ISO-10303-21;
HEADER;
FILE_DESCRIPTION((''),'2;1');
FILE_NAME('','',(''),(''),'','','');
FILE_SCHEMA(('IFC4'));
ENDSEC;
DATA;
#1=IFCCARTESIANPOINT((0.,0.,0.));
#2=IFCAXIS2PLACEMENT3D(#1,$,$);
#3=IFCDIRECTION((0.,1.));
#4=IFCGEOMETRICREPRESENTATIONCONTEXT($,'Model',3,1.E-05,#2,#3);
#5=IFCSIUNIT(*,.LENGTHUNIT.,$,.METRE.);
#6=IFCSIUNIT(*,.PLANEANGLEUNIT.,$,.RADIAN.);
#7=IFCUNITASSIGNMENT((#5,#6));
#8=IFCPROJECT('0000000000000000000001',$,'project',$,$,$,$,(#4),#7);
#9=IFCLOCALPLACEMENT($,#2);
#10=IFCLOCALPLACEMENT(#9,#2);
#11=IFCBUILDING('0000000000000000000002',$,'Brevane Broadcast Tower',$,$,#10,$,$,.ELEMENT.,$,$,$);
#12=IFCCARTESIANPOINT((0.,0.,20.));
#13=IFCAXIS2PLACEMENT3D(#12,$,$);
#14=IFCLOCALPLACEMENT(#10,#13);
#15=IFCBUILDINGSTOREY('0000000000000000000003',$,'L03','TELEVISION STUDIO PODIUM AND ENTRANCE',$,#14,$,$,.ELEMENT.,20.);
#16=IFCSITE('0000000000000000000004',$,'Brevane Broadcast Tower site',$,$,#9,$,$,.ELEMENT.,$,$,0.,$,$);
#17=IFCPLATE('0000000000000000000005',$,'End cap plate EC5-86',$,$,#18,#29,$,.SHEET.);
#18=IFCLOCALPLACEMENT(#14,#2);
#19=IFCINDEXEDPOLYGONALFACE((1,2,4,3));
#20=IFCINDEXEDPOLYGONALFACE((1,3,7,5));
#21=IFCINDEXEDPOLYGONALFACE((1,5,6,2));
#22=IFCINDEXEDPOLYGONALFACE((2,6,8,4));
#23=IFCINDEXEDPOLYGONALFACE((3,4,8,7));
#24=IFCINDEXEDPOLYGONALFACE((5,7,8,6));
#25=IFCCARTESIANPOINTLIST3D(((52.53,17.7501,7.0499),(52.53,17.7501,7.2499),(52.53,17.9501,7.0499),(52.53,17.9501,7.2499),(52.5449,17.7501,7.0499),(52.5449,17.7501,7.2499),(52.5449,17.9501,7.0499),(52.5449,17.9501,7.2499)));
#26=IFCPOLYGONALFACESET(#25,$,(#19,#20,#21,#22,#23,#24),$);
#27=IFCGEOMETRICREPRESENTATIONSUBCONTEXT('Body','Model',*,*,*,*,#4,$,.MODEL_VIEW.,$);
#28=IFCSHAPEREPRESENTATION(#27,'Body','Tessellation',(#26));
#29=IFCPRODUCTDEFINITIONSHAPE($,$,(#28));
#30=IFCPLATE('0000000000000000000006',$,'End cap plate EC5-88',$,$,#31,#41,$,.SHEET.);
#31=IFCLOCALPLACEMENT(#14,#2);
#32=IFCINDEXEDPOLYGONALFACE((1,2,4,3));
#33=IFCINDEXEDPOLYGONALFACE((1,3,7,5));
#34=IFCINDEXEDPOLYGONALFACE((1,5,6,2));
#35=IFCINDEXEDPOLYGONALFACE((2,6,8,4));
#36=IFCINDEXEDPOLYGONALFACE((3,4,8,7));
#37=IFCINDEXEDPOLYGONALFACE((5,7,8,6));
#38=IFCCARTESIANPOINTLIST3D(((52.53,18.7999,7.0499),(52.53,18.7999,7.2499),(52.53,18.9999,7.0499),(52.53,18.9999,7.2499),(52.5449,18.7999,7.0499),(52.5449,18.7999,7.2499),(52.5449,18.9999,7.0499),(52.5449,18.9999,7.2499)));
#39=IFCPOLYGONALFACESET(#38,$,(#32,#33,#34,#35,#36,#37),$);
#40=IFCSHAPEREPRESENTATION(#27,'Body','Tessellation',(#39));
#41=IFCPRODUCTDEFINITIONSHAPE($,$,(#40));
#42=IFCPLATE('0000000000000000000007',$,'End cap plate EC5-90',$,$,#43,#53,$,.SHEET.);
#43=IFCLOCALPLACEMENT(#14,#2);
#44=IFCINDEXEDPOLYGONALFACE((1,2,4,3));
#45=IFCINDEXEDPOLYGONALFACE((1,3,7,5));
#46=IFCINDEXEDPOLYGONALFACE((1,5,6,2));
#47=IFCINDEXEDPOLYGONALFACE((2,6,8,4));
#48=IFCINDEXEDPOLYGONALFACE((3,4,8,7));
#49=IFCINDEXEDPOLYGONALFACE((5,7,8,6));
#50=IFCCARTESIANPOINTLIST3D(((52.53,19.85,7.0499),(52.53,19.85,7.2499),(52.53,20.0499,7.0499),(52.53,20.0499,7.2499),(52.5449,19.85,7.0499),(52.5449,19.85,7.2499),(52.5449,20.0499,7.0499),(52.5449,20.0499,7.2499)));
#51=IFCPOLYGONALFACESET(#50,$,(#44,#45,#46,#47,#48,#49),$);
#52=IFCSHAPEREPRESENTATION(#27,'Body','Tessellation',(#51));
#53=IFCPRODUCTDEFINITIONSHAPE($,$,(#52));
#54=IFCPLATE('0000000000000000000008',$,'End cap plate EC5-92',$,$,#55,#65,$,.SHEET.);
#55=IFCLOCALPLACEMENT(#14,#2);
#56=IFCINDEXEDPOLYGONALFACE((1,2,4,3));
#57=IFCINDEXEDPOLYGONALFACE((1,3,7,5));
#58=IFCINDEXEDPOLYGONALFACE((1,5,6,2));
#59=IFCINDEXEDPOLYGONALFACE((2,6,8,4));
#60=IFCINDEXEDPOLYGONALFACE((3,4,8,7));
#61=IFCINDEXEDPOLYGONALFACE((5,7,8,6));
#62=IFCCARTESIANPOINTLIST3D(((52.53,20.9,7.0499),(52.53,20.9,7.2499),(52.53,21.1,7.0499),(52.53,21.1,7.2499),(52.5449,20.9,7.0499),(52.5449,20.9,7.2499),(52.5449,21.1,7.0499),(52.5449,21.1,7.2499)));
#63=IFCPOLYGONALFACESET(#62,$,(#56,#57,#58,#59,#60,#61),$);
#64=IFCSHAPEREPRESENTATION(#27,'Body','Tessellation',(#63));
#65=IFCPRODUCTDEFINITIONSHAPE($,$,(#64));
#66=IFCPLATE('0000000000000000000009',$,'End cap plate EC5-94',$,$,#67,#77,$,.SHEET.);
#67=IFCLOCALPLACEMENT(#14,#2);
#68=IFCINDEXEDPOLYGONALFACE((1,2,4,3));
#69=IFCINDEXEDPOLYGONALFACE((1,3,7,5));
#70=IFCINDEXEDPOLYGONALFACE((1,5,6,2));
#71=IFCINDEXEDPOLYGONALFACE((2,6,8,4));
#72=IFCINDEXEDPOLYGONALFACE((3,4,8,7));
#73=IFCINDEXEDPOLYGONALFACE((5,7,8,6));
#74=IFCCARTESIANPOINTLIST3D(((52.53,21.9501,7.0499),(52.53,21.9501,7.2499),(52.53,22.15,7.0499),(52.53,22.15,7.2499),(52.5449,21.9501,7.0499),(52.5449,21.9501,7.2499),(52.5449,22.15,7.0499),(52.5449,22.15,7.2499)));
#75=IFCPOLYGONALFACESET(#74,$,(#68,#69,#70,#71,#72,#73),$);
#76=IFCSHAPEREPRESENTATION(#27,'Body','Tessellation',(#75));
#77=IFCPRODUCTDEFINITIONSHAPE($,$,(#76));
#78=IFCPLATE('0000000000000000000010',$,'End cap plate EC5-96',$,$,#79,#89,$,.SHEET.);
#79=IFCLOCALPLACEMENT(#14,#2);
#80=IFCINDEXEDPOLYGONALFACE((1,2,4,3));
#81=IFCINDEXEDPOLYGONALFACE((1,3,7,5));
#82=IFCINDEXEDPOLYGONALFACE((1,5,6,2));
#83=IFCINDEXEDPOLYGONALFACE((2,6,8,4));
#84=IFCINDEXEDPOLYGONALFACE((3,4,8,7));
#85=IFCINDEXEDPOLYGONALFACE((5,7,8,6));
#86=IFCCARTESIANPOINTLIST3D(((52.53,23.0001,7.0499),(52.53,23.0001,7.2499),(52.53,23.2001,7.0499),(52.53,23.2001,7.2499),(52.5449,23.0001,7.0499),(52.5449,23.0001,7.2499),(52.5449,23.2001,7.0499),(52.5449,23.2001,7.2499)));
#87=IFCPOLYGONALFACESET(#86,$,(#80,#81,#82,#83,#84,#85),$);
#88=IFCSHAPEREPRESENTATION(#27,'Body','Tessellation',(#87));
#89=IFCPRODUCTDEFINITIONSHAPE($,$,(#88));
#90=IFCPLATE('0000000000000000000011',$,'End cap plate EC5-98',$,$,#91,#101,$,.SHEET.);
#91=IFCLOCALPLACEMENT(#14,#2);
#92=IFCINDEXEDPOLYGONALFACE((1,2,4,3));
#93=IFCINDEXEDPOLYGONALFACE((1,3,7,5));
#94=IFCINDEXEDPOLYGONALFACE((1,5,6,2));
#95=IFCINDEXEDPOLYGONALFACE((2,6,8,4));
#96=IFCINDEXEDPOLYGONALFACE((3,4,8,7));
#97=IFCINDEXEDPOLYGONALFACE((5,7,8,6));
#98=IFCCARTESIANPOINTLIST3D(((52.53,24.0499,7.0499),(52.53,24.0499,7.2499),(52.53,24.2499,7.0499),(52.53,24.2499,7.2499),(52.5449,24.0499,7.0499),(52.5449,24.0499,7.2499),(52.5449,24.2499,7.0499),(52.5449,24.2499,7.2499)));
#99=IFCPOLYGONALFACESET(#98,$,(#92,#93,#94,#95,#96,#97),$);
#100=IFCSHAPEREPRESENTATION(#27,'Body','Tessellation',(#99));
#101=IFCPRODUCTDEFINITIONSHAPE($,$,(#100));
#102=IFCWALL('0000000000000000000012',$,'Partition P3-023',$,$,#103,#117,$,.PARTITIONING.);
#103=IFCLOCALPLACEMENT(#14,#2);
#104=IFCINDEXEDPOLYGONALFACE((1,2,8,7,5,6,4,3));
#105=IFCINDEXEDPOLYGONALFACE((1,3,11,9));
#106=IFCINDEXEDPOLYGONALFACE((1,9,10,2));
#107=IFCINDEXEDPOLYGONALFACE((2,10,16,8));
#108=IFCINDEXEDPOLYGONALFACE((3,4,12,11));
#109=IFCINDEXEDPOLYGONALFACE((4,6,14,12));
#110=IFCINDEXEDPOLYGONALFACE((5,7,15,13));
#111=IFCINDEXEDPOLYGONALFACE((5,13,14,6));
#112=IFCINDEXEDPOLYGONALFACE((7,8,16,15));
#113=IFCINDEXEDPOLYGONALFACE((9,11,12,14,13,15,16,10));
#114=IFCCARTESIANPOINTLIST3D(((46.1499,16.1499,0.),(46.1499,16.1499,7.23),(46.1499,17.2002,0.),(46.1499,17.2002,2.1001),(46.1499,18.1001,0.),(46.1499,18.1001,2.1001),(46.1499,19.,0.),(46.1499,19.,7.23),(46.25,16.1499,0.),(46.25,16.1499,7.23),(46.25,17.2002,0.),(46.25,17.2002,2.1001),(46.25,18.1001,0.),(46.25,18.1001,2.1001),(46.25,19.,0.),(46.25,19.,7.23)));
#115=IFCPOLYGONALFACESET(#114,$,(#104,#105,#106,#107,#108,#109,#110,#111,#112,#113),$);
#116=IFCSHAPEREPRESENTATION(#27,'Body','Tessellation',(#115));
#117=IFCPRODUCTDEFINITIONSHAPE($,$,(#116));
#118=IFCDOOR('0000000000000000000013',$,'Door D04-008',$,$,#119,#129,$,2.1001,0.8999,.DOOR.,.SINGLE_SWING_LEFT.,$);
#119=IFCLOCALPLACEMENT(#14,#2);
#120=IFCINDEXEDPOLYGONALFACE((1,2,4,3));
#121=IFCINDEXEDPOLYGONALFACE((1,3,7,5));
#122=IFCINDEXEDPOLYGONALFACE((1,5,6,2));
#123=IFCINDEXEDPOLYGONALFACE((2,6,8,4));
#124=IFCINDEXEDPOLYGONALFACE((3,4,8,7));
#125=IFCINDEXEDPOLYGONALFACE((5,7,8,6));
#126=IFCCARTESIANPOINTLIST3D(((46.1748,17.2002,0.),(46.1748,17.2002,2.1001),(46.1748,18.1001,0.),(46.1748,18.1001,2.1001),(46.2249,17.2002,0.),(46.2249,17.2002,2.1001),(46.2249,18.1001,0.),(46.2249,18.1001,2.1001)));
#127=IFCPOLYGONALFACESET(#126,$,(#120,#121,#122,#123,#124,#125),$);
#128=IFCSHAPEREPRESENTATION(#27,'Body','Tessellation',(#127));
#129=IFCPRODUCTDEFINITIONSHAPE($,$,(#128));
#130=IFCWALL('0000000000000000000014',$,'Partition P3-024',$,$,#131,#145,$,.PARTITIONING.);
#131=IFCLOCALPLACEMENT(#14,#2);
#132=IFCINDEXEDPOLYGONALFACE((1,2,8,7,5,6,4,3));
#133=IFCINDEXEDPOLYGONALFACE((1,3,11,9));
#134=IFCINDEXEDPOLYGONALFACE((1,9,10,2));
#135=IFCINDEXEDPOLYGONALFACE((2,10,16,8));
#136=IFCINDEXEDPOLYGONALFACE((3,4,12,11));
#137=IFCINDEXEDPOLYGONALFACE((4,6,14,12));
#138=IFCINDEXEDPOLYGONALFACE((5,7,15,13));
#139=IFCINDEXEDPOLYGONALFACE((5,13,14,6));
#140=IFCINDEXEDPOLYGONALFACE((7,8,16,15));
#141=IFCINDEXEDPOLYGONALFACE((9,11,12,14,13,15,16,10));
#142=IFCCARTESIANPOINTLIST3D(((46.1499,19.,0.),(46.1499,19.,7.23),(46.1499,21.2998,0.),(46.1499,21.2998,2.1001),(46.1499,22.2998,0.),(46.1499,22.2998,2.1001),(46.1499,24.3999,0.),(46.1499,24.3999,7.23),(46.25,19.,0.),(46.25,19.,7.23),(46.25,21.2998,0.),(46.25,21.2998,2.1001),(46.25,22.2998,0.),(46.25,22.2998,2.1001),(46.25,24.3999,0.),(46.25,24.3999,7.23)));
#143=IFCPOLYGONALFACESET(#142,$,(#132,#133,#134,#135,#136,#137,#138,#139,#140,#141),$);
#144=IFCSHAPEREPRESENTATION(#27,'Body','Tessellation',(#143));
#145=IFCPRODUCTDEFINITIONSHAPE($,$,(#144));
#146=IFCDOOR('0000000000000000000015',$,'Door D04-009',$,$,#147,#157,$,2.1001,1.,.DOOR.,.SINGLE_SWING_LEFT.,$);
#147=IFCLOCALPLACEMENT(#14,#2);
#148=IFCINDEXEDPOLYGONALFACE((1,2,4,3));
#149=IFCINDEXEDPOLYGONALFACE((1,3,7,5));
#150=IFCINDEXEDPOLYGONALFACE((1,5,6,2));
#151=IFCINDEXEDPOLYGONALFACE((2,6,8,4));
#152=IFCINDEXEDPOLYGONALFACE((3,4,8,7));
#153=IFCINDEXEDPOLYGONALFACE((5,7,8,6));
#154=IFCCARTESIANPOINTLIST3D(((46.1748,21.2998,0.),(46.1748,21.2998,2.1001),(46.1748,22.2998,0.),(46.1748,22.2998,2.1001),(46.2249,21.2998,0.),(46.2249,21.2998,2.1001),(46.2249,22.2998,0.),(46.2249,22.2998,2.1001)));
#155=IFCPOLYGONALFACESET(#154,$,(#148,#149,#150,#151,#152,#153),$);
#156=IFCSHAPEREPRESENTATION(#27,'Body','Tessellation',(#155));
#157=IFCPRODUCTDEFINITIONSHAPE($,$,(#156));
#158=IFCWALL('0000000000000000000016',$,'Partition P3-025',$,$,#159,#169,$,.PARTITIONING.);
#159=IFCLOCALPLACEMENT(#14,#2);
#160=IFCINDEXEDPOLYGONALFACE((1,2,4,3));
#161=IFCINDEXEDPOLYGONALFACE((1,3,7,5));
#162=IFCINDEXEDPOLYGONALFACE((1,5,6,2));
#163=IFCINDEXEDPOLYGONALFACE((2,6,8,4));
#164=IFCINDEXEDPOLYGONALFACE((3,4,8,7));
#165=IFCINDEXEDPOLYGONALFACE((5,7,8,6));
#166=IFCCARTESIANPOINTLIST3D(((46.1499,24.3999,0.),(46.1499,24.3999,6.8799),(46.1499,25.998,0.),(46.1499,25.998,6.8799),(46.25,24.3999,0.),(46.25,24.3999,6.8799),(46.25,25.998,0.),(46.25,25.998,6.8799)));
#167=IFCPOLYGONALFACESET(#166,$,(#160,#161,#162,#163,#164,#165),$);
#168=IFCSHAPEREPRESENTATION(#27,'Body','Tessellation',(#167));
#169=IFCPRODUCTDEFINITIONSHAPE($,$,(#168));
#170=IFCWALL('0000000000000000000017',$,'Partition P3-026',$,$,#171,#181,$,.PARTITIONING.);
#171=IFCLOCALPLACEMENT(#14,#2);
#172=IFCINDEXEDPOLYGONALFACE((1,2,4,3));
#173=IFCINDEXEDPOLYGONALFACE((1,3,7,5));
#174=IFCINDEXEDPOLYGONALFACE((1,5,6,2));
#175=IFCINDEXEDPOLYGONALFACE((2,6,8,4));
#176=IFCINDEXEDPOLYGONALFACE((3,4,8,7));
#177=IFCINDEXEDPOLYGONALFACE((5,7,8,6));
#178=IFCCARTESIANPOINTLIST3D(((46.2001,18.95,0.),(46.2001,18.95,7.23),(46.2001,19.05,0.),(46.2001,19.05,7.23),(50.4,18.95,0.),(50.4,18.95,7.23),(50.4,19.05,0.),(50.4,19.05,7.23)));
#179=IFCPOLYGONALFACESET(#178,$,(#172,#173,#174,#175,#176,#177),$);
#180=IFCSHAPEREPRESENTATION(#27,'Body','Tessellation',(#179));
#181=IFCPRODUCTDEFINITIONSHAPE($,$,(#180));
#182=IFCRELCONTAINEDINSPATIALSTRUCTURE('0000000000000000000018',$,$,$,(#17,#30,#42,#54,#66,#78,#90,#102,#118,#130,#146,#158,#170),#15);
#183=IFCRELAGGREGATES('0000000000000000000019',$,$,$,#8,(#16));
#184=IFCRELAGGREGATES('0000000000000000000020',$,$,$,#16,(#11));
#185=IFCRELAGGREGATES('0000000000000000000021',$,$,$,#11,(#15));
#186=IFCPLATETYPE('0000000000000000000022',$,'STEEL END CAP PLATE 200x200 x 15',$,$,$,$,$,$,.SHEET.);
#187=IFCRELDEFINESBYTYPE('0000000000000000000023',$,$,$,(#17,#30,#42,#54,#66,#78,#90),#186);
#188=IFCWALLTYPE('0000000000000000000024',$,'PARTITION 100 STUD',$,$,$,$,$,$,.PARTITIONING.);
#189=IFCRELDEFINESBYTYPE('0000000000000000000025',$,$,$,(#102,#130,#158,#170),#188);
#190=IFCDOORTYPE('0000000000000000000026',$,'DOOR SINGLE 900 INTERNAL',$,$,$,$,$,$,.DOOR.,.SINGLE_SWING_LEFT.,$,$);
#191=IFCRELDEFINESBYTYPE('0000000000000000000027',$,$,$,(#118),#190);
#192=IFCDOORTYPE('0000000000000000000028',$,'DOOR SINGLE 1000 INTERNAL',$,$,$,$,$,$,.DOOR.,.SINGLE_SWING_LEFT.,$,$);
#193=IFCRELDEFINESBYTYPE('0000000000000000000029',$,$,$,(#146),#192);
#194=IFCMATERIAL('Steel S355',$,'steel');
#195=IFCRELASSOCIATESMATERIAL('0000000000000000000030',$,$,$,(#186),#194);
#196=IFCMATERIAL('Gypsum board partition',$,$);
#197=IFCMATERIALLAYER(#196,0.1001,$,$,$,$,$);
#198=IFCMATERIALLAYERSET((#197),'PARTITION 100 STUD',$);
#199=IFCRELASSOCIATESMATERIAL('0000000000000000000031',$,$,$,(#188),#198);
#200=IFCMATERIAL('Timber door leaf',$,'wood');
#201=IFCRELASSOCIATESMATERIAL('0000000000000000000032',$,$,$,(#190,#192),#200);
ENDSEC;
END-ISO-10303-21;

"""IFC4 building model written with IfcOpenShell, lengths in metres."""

from ifc_helpers import new_model, si_unit, direction, frame, frame_2d, origin, origin_2d, place, context, subcontext, project, spatial, rectangle, extrude, material, layer, layer_set, material_profile, profile_set, type_object, element, fill, save


model = new_model("IFC4")

# Units and contexts
model_context = context("Model", 3, precision=1e-05, world=origin(), true_north=direction((0.0, 1.0)))
body_context = subcontext(model_context, "Body", "Model", "MODEL_VIEW")
ifc_project = project(units=[si_unit("LENGTHUNIT", "METRE"), si_unit("PLANEANGLEUNIT", "RADIAN")], contexts=[model_context])

# Site, building, storey
site_placement = place(None, origin())
site = spatial("IfcSite", under=ifc_project, at=site_placement, Name="Brevane Broadcast Tower site", CompositionType="ELEMENT", RefElevation=0.0)
building_placement = place(site_placement, origin())
building = spatial("IfcBuilding", under=site, at=building_placement, Name="Brevane Broadcast Tower", CompositionType="ELEMENT")
storey_placement = place(building_placement, frame((0.0, 0.0, 20.0)))
storey = spatial("IfcBuildingStorey", under=building, at=storey_placement, Name="L03", Description="TELEVISION STUDIO PODIUM AND ENTRANCE", CompositionType="ELEMENT", Elevation=20.0)

# Shared definitions
ifc_material_1 = material(Name="Steel S355", Category="steel")

# Plates
ifc_material_profile_1 = material_profile(ifc_material_1, rectangle(XDim=0.2, YDim=0.2, at=origin_2d()), Name="PL 200x200 x 15")
ifc_profile_set_1 = profile_set([ifc_material_profile_1], Name="Steel S355")
plate_type = type_object("IfcPlateType", Name="STEEL END CAP PLATE 200x200 x 15", PredefinedType="SHEET", material=ifc_profile_set_1)
for number, where, z_axis, x_axis, name in (
    (1, (52.53, 17.8501, 7.1499), (1.0, 0.0, 0.0), (0.0, 1.0, 0.0), "End cap plate EC5-86"),
    (2, (52.53, 18.8999, 7.1499), (1.0, 0.0, 0.0), (0.0, 1.0, 0.0), "End cap plate EC5-88"),
    (3, (52.53, 19.95, 7.1499), (1.0, 0.0, 0.0), (0.0, 1.0, 0.0), "End cap plate EC5-90"),
    (4, (52.53, 21.0, 7.1499), (1.0, 0.0, 0.0), (0.0, 1.0, 0.0), "End cap plate EC5-92"),
    (5, (52.53, 22.05, 7.1499), (1.0, 0.0, 0.0), (0.0, 1.0, 0.0), "End cap plate EC5-94"),
    (6, (52.53, 23.1001, 7.1499), (1.0, 0.0, 0.0), (0.0, 1.0, 0.0), "End cap plate EC5-96"),
    (7, (52.53, 24.1499, 7.1499), (1.0, 0.0, 0.0), (0.0, 1.0, 0.0), "End cap plate EC5-98"),
):
    element("IfcPlate", number, at=place(storey_placement, frame(where, z_axis=z_axis, x_axis=x_axis)), inside=storey, type_object=plate_type, Name=name, PredefinedType="SHEET", context=body_context, shape_type="SweptSolid", body=[
        extrude(rectangle(XDim=0.2, YDim=0.2, at=origin_2d()), origin(), (0.0, 0.0, 1.0), 0.0149),
    ])

# Walls, openings, doors
ifc_material_2 = material(Name="Gypsum board partition")
ifc_layer_1 = layer(ifc_material_2, 0.1001)
ifc_layer_set_1 = layer_set([ifc_layer_1], Name="PARTITION 100 STUD")
wall_type_1 = type_object("IfcWallType", Name="PARTITION 100 STUD", PredefinedType="PARTITIONING", material=ifc_layer_set_1)
wall_1_placement = place(storey_placement, frame((46.2, 19.0, 0.0), z_axis=(0.0, 0.0, 1.0), x_axis=(0.0, -1.0, 0.0)))
wall_1 = element("IfcWall", 8, at=wall_1_placement, inside=storey, type_object=wall_type_1, Name="Partition P3-023", PredefinedType="PARTITIONING", context=body_context, shape_type="SweptSolid", body=[
    extrude(rectangle(XDim=2.8501, YDim=0.1001, at=frame_2d((1.425, 0.0))), origin(), (0.0, 0.0, 1.0), 7.23),
])
opening_1_placement = place(wall_1_placement, frame((0.8999, 0.0, 0.0)))
opening_1 = element("IfcOpeningElement", 9, at=opening_1_placement, cuts=wall_1, PredefinedType="OPENING", context=body_context, shape_type="SweptSolid", body=[
    extrude(rectangle(XDim=0.8999, YDim=2.1001, at=frame_2d((0.45, 1.05))), frame((0.0, 0.0601, 0.0), z_axis=(0.0, -1.0, 0.0), x_axis=(1.0, 0.0, 0.0)), (0.0, 0.0, 1.0), 0.1201),
])
ifc_material_3 = material(Name="Timber door leaf", Category="wood")
door_type_1 = type_object("IfcDoorType", Name="DOOR SINGLE 900 INTERNAL", OperationType="SINGLE_SWING_LEFT", PredefinedType="DOOR", material=ifc_material_3)
door_1_placement = place(opening_1_placement, origin())
door_1 = element("IfcDoor", 10, at=door_1_placement, inside=storey, type_object=door_type_1, Name="Door D04-008", OperationType="SINGLE_SWING_LEFT", OverallHeight=2.1001, OverallWidth=0.8999, PredefinedType="DOOR", context=body_context, shape_type="SweptSolid", body=[
    extrude(rectangle(XDim=0.8999, YDim=2.1001, at=frame_2d((0.45, 1.05))), frame((0.0, 0.0249, 0.0), z_axis=(0.0, -1.0, 0.0), x_axis=(1.0, 0.0, 0.0)), (0.0, 0.0, 1.0), 0.05),
])
fill(opening_1, door_1)
wall_2_placement = place(storey_placement, frame((46.2, 24.3999, 0.0), z_axis=(0.0, 0.0, 1.0), x_axis=(0.0, -1.0, 0.0)))
wall_2 = element("IfcWall", 11, at=wall_2_placement, inside=storey, type_object=wall_type_1, Name="Partition P3-024", PredefinedType="PARTITIONING", context=body_context, shape_type="SweptSolid", body=[
    extrude(rectangle(XDim=5.3999, YDim=0.1001, at=frame_2d((2.7, 0.0))), origin(), (0.0, 0.0, 1.0), 7.23),
])
opening_2_placement = place(wall_2_placement, frame((2.1001, 0.0, 0.0)))
opening_2 = element("IfcOpeningElement", 12, at=opening_2_placement, cuts=wall_2, PredefinedType="OPENING", context=body_context, shape_type="SweptSolid", body=[
    extrude(rectangle(XDim=1.0, YDim=2.1001, at=frame_2d((0.5, 1.05))), frame((0.0, 0.0601, 0.0), z_axis=(0.0, -1.0, 0.0), x_axis=(1.0, 0.0, 0.0)), (0.0, 0.0, 1.0), 0.1201),
])
door_type_2 = type_object("IfcDoorType", Name="DOOR SINGLE 1000 INTERNAL", OperationType="SINGLE_SWING_LEFT", PredefinedType="DOOR", material=ifc_material_3)
door_2_placement = place(opening_2_placement, origin())
door_2 = element("IfcDoor", 13, at=door_2_placement, inside=storey, type_object=door_type_2, Name="Door D04-009", OperationType="SINGLE_SWING_LEFT", OverallHeight=2.1001, OverallWidth=1.0, PredefinedType="DOOR", context=body_context, shape_type="SweptSolid", body=[
    extrude(rectangle(XDim=1.0, YDim=2.1001, at=frame_2d((0.5, 1.05))), frame((0.0, 0.0249, 0.0), z_axis=(0.0, -1.0, 0.0), x_axis=(1.0, 0.0, 0.0)), (0.0, 0.0, 1.0), 0.05),
])
fill(opening_2, door_2)

# Walls
wall_3_placement = place(storey_placement, frame((46.2, 25.998, 0.0), z_axis=(0.0, 0.0, 1.0), x_axis=(0.0, -1.0, 0.0)))
element("IfcWall", 14, at=wall_3_placement, inside=storey, type_object=wall_type_1, Name="Partition P3-025", PredefinedType="PARTITIONING", context=body_context, shape_type="SweptSolid", body=[
    extrude(rectangle(XDim=1.5981, YDim=0.1001, at=frame_2d((0.7991, 0.0))), origin(), (0.0, 0.0, 1.0), 6.8799),
])
wall_4_placement = place(storey_placement, frame((46.2, 19.0, 0.0), z_axis=(0.0, 0.0, 1.0), x_axis=(1.0, 0.0, 0.0)))
element("IfcWall", 15, at=wall_4_placement, inside=storey, type_object=wall_type_1, Name="Partition P3-026", PredefinedType="PARTITIONING", context=body_context, shape_type="SweptSolid", body=[
    extrude(rectangle(XDim=4.2, YDim=0.1001, at=frame_2d((2.1001, 0.0))), origin(), (0.0, 0.0, 1.0), 7.23),
])

save(model, "model.ifc")
